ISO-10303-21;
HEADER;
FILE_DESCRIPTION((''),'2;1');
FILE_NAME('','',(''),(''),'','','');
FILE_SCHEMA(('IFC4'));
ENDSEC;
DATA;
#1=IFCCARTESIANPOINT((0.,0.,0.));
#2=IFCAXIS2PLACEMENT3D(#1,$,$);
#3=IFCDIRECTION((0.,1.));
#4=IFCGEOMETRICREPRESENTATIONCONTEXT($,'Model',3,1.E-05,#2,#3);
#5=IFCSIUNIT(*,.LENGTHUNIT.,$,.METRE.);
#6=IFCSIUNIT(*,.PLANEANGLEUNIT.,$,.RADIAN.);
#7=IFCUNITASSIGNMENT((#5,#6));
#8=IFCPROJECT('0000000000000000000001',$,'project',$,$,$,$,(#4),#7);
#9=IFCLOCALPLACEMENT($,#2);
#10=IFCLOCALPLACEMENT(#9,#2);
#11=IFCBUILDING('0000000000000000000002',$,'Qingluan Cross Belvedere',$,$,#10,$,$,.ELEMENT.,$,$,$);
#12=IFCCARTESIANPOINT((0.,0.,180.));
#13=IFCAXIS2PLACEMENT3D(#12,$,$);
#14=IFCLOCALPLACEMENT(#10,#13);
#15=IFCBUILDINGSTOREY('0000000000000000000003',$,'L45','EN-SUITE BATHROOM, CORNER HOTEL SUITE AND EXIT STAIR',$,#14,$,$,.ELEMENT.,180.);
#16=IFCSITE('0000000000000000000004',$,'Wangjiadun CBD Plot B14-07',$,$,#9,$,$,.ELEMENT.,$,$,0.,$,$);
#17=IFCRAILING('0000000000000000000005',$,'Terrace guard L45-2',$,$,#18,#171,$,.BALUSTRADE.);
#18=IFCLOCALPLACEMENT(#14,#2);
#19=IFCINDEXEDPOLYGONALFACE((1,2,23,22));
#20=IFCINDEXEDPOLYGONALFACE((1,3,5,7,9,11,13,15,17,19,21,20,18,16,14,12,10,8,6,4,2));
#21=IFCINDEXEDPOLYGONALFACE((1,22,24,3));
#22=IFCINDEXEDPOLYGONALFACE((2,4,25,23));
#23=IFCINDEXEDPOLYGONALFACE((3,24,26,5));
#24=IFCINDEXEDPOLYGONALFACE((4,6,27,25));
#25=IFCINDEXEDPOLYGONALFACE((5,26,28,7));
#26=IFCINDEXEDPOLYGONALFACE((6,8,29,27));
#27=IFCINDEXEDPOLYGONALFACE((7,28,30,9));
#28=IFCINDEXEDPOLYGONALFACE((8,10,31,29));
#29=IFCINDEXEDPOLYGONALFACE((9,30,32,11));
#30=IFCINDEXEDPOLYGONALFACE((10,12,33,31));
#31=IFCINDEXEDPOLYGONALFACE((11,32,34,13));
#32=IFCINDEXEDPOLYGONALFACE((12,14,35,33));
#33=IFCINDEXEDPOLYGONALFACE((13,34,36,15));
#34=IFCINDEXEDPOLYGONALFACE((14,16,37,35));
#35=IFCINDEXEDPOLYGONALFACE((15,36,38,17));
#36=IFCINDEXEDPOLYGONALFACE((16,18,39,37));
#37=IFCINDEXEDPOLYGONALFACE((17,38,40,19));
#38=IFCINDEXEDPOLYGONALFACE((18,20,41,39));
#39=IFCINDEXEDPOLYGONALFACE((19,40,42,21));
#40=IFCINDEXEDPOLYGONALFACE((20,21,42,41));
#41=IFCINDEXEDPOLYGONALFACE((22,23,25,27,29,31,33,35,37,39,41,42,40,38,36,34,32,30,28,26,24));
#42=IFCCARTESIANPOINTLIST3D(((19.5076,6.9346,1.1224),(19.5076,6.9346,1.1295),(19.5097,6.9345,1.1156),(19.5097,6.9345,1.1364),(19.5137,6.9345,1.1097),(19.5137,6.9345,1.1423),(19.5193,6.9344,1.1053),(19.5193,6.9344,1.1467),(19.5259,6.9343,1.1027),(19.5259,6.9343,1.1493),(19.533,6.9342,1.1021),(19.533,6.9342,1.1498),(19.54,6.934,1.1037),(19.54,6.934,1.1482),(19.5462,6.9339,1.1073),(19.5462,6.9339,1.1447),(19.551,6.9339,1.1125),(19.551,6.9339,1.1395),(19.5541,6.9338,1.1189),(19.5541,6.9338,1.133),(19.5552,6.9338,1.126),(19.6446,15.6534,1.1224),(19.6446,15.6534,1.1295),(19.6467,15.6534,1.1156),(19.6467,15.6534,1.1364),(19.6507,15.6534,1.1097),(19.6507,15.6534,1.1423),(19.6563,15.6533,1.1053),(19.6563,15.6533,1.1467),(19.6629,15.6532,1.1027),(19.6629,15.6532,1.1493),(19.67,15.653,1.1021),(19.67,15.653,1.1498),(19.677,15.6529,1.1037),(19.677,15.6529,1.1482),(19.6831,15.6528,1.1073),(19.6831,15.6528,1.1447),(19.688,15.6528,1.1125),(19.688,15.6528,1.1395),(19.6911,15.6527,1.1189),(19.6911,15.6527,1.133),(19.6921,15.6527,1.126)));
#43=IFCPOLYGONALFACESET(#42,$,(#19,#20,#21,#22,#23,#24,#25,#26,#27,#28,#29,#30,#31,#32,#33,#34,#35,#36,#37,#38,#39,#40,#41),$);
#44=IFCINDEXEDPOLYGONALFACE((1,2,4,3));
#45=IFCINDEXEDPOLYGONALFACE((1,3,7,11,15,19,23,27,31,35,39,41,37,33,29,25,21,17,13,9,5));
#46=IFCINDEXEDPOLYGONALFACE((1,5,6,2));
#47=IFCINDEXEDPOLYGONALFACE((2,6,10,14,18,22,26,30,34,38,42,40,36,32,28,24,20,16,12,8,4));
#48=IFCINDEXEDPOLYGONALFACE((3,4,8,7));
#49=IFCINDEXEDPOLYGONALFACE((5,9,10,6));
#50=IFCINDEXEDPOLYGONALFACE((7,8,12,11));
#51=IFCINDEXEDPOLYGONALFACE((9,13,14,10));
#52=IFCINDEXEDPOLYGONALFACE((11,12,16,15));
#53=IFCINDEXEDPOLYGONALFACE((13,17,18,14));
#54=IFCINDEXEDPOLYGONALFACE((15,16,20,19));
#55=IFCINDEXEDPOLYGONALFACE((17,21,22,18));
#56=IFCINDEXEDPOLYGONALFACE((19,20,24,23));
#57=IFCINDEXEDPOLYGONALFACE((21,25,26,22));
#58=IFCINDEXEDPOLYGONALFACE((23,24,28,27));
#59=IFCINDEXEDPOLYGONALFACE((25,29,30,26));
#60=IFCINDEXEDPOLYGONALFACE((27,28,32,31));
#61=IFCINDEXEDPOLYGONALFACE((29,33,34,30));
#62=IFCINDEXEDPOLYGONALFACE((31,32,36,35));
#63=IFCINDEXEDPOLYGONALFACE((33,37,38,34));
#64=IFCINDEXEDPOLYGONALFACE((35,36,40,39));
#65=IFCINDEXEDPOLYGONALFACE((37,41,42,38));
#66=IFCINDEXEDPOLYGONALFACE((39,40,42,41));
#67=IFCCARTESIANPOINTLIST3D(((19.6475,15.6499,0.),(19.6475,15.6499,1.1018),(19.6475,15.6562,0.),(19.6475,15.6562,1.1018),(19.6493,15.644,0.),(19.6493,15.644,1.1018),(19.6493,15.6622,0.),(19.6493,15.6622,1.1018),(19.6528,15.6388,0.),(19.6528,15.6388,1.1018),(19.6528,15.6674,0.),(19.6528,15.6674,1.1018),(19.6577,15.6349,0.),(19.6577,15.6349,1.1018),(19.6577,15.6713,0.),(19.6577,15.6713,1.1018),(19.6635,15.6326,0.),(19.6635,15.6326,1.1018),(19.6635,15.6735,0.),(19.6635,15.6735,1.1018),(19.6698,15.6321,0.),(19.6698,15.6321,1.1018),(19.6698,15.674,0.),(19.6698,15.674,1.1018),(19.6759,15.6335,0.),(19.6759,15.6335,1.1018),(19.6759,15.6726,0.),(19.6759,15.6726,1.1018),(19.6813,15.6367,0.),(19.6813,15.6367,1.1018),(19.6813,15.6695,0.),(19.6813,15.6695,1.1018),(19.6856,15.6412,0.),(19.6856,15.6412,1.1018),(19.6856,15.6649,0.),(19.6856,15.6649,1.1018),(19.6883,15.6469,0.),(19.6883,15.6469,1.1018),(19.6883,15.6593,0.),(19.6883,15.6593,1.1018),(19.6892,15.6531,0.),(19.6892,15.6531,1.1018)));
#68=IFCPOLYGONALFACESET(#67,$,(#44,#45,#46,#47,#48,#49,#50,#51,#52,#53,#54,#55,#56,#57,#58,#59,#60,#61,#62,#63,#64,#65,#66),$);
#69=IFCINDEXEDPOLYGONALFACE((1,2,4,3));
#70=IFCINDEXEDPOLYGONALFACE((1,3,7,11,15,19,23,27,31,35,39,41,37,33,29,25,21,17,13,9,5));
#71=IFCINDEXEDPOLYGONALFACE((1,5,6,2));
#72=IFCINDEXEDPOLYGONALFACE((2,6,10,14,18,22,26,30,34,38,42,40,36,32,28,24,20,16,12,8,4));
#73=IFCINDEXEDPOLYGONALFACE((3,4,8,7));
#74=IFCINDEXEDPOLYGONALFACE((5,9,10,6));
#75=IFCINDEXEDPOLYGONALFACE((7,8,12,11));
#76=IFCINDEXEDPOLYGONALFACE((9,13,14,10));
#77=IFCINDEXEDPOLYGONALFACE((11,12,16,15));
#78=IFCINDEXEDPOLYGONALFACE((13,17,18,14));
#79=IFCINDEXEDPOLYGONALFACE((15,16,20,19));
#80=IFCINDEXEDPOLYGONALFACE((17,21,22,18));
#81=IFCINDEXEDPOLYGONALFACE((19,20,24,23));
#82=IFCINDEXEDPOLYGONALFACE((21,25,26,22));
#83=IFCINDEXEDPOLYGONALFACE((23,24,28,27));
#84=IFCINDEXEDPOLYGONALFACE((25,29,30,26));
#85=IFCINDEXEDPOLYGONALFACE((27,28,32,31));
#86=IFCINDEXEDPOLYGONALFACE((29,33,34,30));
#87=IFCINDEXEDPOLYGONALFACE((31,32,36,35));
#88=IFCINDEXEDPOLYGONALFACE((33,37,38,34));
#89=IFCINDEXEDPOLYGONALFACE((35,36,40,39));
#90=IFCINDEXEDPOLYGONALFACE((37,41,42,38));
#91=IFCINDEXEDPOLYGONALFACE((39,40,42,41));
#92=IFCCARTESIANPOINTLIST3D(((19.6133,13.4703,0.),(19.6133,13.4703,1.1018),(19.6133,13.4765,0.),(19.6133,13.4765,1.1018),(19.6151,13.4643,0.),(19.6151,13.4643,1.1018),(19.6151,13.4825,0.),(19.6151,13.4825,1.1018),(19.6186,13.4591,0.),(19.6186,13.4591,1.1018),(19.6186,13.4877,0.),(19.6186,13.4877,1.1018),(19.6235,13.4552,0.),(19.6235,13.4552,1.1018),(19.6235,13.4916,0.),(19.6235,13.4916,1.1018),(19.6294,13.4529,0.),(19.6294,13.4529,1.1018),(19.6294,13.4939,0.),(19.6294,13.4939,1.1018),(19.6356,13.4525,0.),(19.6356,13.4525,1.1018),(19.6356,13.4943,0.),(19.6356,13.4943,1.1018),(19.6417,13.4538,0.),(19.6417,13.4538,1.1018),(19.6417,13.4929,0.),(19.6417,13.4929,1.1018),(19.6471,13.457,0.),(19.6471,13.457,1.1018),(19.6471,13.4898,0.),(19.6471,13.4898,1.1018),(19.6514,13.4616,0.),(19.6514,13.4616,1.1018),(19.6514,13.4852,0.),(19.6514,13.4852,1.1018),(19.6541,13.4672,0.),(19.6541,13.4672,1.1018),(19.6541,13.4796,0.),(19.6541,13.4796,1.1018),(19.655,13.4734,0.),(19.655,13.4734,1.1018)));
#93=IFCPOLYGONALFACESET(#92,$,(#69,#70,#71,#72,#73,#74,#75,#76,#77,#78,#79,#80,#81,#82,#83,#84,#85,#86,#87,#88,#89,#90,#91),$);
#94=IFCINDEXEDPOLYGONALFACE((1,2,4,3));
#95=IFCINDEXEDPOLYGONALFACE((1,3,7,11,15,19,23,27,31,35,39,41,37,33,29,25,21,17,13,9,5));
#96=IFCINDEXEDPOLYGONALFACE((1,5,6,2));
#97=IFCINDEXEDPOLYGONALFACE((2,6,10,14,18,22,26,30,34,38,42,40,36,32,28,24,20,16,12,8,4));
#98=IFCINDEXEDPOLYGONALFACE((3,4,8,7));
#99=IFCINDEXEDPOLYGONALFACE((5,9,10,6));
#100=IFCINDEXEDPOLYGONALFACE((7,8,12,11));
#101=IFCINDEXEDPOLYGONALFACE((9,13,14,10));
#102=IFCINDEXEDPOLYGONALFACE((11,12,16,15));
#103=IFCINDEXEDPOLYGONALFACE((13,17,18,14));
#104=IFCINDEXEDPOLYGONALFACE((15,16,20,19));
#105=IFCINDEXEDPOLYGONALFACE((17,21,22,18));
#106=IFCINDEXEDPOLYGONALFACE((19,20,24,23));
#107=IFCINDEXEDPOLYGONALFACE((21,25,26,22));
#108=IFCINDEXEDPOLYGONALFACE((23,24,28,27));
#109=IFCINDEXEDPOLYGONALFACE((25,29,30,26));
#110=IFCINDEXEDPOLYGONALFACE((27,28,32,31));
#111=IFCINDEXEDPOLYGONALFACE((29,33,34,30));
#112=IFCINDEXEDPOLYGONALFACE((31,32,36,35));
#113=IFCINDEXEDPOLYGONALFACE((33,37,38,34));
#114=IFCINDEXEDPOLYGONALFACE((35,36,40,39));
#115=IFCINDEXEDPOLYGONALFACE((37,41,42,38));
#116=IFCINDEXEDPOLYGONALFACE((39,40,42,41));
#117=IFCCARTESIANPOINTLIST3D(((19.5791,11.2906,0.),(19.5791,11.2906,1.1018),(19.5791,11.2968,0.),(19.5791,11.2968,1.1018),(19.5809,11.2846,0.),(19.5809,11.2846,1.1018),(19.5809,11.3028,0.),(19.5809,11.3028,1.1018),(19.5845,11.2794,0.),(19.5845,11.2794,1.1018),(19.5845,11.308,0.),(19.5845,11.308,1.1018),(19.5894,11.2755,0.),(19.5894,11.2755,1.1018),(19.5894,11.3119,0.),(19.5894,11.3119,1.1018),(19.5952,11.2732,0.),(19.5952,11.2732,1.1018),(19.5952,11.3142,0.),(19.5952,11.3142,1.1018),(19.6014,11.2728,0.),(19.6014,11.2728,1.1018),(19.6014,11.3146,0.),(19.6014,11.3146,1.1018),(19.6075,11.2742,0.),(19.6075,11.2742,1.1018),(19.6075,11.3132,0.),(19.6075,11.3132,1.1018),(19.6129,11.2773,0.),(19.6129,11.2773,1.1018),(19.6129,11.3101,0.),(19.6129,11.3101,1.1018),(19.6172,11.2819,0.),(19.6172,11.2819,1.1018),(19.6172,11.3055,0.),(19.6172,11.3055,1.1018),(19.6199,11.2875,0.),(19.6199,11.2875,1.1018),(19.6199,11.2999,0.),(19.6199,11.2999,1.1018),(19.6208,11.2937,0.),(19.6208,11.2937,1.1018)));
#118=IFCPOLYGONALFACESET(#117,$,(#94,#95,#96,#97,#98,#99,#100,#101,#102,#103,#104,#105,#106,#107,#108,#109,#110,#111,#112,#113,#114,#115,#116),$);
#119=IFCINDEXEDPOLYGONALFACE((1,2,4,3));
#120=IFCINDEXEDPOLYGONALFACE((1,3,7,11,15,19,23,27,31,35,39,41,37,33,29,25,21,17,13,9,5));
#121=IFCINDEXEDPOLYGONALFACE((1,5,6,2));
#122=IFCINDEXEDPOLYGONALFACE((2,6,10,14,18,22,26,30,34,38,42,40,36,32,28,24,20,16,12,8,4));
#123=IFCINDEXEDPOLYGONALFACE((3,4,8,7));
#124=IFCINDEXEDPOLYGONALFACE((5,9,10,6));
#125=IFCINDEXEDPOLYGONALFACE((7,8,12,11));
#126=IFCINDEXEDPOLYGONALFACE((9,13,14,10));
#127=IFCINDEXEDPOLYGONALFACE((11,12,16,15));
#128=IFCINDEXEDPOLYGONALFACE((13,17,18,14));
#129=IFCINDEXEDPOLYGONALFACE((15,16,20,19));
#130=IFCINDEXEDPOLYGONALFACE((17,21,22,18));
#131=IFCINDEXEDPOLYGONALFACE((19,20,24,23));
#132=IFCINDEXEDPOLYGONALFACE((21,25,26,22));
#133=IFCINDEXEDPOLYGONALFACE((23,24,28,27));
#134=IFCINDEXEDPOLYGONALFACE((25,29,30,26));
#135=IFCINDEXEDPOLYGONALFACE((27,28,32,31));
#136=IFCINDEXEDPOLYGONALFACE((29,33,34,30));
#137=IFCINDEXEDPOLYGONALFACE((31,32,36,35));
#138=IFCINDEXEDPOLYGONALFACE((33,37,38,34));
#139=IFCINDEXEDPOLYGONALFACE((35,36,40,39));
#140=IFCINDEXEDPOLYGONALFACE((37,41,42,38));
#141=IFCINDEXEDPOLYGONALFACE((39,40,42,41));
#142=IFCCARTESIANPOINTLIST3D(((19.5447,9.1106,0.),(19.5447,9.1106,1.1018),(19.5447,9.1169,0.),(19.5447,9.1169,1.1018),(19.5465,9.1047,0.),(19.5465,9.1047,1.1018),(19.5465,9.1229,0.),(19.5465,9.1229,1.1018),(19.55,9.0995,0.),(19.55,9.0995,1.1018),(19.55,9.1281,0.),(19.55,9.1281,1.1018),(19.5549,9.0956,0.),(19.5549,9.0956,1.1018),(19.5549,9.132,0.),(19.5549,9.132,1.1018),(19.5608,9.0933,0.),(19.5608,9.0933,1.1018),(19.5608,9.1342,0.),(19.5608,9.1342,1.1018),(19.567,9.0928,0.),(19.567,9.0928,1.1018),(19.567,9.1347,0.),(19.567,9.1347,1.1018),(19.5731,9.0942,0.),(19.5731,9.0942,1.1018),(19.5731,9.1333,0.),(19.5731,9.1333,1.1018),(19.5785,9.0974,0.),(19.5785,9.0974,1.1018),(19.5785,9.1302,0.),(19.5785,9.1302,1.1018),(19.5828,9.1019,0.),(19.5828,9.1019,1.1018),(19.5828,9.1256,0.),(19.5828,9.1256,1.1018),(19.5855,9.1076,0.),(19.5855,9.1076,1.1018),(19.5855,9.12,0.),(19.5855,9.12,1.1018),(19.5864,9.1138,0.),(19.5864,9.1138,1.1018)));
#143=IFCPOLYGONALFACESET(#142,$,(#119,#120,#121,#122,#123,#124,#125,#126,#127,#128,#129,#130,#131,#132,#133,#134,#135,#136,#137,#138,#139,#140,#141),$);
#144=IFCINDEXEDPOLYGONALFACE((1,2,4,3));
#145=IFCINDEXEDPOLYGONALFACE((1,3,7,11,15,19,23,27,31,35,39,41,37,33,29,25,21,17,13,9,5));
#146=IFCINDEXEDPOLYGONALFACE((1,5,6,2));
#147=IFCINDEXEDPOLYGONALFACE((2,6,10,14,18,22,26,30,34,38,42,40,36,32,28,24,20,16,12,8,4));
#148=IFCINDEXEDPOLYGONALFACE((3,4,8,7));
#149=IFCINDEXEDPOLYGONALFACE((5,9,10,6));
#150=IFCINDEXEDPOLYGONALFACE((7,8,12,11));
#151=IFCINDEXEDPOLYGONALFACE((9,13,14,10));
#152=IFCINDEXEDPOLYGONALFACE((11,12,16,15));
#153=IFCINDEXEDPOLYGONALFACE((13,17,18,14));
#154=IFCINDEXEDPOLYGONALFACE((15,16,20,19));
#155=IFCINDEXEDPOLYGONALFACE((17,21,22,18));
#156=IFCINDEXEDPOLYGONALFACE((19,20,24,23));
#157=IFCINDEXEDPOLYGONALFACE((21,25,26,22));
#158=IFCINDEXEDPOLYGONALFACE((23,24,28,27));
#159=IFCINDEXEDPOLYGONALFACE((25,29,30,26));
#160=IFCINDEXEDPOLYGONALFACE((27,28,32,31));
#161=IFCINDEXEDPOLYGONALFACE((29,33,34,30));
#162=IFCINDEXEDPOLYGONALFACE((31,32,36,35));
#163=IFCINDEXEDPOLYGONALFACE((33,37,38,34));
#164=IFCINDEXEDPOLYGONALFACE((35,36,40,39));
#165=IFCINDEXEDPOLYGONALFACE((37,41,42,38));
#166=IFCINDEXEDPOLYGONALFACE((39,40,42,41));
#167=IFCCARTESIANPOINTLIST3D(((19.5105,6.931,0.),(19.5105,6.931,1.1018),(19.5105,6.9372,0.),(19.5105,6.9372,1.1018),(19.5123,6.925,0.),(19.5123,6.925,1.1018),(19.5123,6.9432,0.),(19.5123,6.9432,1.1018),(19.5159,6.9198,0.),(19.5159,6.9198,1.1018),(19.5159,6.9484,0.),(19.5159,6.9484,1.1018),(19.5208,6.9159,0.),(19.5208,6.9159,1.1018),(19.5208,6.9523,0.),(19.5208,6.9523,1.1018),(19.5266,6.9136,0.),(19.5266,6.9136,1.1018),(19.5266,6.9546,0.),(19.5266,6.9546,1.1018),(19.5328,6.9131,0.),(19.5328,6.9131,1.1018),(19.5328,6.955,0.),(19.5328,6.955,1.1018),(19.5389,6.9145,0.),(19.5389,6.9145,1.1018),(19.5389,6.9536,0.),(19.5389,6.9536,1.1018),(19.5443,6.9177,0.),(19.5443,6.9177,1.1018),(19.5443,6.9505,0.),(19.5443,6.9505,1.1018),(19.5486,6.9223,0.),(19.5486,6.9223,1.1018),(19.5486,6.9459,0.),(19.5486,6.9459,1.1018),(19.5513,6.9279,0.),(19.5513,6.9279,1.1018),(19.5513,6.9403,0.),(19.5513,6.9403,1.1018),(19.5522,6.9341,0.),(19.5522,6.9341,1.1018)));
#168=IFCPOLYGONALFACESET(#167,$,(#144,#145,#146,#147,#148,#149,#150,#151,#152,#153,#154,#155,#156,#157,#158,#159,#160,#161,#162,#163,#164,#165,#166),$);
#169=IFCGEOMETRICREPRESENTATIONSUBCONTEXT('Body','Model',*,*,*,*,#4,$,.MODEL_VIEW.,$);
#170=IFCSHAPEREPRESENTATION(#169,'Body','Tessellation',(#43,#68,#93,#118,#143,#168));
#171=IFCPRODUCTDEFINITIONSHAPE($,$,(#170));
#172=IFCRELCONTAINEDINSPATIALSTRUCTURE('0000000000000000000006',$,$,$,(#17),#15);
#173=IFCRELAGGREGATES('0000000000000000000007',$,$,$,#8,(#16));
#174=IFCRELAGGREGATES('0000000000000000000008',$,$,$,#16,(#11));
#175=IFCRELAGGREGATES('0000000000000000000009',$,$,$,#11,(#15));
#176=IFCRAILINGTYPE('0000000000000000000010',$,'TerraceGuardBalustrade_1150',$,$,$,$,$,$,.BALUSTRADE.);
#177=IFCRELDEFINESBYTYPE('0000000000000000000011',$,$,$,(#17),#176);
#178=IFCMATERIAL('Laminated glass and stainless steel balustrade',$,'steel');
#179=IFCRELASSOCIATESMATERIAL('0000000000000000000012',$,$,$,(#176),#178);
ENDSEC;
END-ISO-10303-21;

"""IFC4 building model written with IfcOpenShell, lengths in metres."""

from ifc_helpers import new_model, si_unit, direction, frame, origin, origin_2d, place, context, subcontext, project, spatial, circle, extrude, material, type_object, element, save


model = new_model("IFC4")

# Units and contexts
model_context = context("Model", 3, precision=1e-05, world=origin(), true_north=direction((0.0, 1.0)))
body_context = subcontext(model_context, "Body", "Model", "MODEL_VIEW")
ifc_project = project(units=[si_unit("LENGTHUNIT", "METRE"), si_unit("PLANEANGLEUNIT", "RADIAN")], contexts=[model_context])

# Site, building, storey
site_placement = place(None, origin())
site = spatial("IfcSite", under=ifc_project, at=site_placement, Name="Wangjiadun CBD Plot B14-07", CompositionType="ELEMENT", RefElevation=0.0)
building_placement = place(site_placement, origin())
building = spatial("IfcBuilding", under=site, at=building_placement, Name="Qingluan Cross Belvedere", CompositionType="ELEMENT")
storey_placement = place(building_placement, frame((0.0, 0.0, 180.0)))
storey = spatial("IfcBuildingStorey", under=building, at=storey_placement, Name="L45", Description="EN-SUITE BATHROOM, CORNER HOTEL SUITE AND EXIT STAIR", CompositionType="ELEMENT", Elevation=180.0)

# Railing
ifc_material_1 = material(Name="Laminated glass and stainless steel balustrade", Category="steel")
railing_type = type_object("IfcRailingType", Name="TerraceGuardBalustrade_1150", PredefinedType="BALUSTRADE", material=ifc_material_1)
railing_1_placement = place(storey_placement, frame((19.6682, 15.6531, 0.0)))
element("IfcRailing", 1, at=railing_1_placement, inside=storey, type_object=railing_type, Name="Terrace guard L45-2", PredefinedType="BALUSTRADE", context=body_context, shape_type="SweptSolid", body=[
    extrude(circle(Radius=0.0239, at=origin_2d()), frame((0.0, 0.0, 1.126), z_axis=(-0.015707, -0.999877, 0.0), x_axis=(0.999877, -0.015707, 0.0)), (0.0, 0.0, 1.0), 8.72),
    extrude(circle(Radius=0.021, at=origin_2d()), origin(), (0.0, 0.0, 1.0), 1.1018),
    extrude(circle(Radius=0.021, at=origin_2d()), frame((-0.0342, -2.1797, 0.0)), (0.0, 0.0, 1.0), 1.1018),
    extrude(circle(Radius=0.021, at=origin_2d()), frame((-0.0684, -4.3594, 0.0)), (0.0, 0.0, 1.0), 1.1018),
    extrude(circle(Radius=0.021, at=origin_2d()), frame((-0.1028, -6.5393, 0.0)), (0.0, 0.0, 1.0), 1.1018),
    extrude(circle(Radius=0.021, at=origin_2d()), frame((-0.137, -8.719, 0.0)), (0.0, 0.0, 1.0), 1.1018),
])

save(model, "model.ifc")
